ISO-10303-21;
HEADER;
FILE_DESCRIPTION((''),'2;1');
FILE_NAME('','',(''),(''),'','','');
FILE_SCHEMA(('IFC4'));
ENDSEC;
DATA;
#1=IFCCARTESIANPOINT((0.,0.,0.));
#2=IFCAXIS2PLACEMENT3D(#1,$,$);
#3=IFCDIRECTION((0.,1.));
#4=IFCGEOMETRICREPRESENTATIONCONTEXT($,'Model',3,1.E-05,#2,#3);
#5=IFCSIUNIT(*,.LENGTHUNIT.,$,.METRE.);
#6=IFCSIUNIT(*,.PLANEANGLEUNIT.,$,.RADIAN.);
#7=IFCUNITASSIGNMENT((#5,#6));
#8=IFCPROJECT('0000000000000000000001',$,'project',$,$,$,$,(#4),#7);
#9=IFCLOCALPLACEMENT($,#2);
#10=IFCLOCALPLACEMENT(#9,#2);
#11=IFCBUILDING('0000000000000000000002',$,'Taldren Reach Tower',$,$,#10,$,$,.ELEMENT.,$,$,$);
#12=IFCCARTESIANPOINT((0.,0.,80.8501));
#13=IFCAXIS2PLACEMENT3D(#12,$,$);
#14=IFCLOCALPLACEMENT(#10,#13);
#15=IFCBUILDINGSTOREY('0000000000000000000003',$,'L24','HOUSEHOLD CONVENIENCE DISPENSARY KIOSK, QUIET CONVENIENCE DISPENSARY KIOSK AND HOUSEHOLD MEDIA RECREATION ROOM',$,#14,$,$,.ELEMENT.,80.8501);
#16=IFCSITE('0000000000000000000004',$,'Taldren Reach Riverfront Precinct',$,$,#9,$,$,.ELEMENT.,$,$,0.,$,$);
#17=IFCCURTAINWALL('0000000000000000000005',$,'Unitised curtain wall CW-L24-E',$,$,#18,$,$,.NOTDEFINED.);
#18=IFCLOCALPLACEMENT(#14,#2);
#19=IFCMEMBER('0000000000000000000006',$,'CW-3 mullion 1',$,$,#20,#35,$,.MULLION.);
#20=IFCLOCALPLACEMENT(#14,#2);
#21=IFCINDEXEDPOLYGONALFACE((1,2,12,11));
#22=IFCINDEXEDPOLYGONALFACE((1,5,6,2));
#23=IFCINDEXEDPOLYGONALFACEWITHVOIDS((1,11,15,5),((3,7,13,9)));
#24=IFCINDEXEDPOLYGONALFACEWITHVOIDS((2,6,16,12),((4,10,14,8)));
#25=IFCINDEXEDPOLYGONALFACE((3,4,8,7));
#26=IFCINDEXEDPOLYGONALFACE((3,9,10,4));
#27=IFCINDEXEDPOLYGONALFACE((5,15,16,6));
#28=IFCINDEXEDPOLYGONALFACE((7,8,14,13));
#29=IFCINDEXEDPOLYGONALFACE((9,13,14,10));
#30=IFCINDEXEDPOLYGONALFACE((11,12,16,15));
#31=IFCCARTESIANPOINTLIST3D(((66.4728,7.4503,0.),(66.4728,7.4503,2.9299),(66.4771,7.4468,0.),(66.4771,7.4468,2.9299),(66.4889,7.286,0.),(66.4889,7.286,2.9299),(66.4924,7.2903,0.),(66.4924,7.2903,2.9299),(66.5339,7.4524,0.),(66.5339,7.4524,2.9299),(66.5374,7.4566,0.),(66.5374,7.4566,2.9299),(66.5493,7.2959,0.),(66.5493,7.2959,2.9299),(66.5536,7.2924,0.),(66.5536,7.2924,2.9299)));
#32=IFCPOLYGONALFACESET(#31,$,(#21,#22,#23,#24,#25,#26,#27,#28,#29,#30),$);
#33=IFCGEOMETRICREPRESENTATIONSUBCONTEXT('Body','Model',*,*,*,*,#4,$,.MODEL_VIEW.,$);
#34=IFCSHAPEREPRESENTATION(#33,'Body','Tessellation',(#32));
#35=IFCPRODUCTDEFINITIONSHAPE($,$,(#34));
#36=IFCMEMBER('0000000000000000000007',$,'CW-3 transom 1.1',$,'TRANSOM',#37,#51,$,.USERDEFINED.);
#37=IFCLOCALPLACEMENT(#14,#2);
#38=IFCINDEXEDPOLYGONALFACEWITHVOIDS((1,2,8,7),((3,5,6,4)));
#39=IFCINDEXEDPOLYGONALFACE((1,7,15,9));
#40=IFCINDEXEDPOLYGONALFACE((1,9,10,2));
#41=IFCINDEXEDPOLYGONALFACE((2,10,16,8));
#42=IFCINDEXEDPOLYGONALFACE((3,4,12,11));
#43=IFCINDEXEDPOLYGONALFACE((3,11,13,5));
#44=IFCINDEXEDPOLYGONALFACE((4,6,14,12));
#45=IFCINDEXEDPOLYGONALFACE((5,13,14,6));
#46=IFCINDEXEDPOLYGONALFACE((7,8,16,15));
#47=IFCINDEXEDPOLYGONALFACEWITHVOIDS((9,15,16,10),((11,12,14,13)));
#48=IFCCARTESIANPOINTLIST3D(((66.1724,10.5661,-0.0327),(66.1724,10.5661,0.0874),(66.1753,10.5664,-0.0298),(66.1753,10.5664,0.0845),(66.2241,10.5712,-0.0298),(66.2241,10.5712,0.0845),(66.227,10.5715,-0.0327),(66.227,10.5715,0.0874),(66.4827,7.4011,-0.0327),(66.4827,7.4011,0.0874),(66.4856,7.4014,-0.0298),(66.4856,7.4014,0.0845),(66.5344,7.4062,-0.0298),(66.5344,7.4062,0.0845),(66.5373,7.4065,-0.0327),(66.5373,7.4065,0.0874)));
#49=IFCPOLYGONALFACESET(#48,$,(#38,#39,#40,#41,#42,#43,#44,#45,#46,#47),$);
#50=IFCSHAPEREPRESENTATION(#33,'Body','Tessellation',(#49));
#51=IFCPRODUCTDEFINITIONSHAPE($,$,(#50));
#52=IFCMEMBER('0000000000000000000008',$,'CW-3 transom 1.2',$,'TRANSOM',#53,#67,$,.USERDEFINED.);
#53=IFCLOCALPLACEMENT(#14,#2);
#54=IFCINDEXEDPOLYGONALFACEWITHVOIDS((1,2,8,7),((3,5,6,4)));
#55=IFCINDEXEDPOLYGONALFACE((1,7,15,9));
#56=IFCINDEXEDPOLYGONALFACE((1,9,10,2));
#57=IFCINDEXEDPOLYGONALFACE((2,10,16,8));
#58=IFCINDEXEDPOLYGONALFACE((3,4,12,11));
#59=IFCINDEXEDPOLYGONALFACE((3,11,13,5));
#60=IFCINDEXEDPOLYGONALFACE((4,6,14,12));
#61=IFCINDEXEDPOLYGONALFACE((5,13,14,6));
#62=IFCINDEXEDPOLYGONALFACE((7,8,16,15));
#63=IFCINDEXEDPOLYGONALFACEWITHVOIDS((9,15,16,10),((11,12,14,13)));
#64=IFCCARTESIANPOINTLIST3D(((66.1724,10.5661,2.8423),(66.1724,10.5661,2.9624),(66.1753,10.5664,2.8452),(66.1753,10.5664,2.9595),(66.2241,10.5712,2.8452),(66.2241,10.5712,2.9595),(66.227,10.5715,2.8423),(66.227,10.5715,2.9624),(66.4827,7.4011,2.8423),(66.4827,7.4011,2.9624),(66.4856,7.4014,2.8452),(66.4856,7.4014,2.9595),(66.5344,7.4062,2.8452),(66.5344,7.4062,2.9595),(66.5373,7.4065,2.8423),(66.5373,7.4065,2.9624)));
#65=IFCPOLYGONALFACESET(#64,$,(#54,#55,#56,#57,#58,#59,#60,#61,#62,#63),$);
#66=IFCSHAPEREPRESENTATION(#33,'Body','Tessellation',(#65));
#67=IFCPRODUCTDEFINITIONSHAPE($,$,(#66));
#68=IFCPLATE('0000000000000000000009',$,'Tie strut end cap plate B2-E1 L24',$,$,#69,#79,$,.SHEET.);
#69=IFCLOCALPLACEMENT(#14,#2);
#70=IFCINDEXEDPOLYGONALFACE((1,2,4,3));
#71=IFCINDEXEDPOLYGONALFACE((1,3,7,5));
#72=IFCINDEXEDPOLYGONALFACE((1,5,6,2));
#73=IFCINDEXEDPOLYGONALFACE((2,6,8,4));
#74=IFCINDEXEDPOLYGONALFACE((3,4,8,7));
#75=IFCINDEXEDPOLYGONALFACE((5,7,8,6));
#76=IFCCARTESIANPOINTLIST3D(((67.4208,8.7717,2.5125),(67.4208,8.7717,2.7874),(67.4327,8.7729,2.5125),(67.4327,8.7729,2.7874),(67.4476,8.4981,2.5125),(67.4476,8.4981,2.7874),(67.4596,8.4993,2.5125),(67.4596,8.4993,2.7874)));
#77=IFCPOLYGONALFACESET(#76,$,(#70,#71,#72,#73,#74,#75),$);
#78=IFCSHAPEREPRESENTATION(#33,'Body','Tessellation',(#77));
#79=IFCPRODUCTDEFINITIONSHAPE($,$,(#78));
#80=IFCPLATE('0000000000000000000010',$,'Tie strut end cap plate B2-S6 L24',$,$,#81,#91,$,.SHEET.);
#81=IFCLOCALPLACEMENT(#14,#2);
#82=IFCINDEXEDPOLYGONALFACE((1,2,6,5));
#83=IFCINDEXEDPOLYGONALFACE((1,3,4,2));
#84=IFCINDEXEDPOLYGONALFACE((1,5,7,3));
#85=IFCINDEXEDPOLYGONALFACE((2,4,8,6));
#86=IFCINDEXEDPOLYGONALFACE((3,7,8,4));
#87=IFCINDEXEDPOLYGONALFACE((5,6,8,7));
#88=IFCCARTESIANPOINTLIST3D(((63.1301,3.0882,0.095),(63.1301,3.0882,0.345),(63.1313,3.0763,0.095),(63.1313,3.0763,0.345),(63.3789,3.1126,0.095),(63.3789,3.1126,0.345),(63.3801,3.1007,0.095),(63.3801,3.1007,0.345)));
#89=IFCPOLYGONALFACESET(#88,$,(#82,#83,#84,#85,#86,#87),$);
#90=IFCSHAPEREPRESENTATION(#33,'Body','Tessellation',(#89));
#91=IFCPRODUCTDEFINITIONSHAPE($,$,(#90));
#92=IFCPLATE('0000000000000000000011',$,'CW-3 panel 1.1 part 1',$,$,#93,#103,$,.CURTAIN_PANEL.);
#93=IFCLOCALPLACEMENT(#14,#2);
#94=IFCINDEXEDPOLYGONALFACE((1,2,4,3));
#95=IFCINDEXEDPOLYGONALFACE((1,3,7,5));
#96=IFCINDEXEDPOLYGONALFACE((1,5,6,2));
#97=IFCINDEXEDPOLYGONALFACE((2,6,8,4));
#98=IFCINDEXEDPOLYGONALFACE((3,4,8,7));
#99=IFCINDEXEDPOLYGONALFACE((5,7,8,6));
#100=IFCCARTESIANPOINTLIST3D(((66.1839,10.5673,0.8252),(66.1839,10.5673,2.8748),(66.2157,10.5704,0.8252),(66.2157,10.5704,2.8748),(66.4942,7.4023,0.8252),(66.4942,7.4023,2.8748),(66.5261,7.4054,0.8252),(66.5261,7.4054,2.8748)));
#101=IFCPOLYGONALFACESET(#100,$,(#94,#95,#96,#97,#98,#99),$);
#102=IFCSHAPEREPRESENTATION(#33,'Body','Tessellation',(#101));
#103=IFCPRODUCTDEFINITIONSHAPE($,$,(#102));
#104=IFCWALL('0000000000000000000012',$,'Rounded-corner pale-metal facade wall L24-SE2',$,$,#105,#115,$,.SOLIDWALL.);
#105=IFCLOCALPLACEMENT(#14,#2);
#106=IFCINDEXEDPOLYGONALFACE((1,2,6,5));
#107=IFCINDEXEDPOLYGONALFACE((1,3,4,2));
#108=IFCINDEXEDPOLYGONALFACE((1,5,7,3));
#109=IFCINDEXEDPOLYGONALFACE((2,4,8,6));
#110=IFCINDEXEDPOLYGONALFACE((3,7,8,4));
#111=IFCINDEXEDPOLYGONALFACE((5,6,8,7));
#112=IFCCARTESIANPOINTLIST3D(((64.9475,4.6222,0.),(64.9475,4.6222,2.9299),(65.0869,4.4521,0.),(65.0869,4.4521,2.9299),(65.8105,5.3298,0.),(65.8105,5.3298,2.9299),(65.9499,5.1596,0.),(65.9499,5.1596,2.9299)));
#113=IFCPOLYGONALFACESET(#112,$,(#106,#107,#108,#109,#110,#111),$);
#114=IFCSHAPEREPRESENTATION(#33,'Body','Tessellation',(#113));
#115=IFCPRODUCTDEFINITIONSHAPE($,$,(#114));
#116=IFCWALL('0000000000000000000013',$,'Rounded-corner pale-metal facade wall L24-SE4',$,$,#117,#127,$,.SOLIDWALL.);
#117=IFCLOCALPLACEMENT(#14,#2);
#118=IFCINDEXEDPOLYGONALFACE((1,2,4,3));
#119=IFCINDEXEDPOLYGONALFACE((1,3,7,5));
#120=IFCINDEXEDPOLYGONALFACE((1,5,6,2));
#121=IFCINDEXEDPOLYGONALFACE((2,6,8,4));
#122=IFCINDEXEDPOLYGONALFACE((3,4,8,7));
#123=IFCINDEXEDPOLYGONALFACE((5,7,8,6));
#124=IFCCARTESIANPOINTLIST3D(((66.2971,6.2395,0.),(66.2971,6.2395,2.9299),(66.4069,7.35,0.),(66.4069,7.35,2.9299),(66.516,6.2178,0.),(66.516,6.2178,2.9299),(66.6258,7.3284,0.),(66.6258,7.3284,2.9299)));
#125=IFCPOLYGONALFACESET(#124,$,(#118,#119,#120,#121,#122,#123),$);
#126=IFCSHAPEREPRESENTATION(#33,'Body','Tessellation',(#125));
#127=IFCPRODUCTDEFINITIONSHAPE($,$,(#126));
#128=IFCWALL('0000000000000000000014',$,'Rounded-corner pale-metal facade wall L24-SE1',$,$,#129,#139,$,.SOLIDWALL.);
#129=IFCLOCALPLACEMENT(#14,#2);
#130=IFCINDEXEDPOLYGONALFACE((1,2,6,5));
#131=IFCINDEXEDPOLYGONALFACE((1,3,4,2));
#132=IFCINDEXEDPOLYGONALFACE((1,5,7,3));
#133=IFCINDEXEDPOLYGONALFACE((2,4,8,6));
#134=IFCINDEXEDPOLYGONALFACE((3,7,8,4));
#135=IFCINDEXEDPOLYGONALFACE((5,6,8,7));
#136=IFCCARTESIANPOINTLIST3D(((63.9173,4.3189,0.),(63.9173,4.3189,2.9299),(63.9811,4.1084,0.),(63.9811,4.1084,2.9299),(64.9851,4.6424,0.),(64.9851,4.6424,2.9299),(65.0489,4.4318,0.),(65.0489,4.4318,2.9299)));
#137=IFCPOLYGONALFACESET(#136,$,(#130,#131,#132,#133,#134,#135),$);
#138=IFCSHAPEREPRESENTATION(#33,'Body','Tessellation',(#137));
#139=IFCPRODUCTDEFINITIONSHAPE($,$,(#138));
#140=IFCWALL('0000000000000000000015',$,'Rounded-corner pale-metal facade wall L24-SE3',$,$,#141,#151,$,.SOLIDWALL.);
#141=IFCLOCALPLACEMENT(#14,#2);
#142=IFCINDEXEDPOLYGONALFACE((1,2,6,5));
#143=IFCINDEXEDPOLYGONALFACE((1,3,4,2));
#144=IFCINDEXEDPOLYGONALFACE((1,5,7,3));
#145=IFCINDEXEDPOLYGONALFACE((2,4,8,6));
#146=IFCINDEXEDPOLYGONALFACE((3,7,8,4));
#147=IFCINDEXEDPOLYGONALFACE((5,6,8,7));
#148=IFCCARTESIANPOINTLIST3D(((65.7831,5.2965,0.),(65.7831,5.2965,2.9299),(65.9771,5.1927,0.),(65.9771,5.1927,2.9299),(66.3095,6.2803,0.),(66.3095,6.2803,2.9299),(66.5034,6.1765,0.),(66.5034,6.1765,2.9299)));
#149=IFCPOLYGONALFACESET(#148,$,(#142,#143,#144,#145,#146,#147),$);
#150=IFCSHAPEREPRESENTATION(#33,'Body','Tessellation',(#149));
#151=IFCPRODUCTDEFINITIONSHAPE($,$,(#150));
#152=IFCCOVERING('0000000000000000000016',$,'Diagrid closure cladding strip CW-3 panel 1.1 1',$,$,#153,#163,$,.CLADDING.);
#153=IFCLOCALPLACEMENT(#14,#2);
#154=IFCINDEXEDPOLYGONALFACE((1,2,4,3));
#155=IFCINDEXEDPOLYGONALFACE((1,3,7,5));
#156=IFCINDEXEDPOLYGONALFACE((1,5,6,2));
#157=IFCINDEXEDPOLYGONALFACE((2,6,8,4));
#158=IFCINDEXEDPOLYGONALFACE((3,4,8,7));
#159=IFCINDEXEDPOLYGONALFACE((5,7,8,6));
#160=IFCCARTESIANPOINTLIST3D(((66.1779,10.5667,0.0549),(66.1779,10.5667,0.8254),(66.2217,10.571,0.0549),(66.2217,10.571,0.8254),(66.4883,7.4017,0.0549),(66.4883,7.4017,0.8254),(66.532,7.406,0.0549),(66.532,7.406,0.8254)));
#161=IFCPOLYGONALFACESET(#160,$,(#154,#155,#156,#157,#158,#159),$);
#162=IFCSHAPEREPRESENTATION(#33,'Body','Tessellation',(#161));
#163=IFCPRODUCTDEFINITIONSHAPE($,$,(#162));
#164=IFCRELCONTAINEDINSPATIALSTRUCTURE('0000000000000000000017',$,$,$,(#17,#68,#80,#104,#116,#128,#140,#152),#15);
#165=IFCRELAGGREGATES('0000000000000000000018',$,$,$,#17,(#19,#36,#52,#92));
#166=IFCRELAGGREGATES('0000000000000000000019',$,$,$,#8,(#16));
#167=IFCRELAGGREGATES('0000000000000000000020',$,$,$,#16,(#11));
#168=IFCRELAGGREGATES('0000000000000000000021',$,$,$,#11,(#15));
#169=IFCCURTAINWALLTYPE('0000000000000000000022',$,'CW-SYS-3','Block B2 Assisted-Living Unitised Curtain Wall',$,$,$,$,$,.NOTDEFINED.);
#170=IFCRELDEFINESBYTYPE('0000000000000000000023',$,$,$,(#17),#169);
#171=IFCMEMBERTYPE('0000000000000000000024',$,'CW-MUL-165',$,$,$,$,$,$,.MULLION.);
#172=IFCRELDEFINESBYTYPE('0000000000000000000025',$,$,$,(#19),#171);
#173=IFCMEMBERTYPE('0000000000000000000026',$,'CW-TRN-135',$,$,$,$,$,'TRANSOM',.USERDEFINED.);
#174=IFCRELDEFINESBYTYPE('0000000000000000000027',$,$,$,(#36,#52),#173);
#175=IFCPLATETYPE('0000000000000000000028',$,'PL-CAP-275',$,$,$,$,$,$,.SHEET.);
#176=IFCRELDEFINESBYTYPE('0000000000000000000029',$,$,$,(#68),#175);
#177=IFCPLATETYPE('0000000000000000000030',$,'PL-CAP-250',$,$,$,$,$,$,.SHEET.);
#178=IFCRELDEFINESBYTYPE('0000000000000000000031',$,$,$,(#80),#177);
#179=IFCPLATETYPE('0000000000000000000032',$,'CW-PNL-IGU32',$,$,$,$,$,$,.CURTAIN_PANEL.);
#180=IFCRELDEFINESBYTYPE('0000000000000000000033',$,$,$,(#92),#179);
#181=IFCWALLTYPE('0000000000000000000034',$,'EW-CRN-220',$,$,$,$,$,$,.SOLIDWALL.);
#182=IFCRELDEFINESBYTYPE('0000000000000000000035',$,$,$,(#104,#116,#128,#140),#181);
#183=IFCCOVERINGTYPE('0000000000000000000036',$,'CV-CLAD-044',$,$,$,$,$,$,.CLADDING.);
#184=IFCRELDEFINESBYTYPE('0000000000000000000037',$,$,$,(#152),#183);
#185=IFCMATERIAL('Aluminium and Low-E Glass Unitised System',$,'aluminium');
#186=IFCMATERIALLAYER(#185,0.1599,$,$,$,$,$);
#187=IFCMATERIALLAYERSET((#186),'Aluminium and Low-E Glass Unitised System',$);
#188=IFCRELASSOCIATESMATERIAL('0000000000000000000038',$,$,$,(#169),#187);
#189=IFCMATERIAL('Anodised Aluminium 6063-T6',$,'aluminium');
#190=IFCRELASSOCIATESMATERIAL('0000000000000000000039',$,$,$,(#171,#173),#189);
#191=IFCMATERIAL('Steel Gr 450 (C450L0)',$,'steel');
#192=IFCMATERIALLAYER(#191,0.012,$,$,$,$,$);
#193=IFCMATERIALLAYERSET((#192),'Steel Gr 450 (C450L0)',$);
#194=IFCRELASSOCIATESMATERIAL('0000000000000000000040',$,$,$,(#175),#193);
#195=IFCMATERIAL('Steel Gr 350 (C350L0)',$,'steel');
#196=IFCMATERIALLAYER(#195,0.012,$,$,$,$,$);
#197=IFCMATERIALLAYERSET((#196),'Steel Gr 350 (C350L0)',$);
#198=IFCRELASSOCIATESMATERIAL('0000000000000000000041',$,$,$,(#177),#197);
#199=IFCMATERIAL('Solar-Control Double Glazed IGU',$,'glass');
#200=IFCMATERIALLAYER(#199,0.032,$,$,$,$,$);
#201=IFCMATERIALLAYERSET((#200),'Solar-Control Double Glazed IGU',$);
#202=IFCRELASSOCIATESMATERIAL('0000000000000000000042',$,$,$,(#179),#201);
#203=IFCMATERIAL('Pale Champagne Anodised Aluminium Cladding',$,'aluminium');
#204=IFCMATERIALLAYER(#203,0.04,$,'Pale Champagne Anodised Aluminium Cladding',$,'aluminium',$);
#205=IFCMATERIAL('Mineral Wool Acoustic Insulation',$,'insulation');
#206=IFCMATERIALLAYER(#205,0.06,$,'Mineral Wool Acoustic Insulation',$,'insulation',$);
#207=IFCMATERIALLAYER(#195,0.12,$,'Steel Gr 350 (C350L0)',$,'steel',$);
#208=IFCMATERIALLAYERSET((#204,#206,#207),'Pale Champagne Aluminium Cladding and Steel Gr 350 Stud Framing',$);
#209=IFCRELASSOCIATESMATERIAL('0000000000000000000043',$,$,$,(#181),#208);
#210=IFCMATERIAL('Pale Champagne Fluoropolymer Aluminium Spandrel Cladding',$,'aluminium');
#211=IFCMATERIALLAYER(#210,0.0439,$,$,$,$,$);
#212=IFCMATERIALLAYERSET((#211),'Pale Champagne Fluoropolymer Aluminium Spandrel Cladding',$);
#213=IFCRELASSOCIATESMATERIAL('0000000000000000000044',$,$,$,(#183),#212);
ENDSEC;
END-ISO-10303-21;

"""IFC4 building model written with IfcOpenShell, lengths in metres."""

from ifc_helpers import new_model, si_unit, direction, frame, frame_2d, origin, origin_2d, place, context, subcontext, project, spatial, rectangle, hollow_rectangle, extrude, source, transform, mapped, material, layer, layer_set, material_profile, profile_set, type_object, element, aggregate, save


model = new_model("IFC4")

# Units and contexts
model_context = context("Model", 3, precision=1e-05, world=origin(), true_north=direction((0.0, 1.0)))
body_context = subcontext(model_context, "Body", "Model", "MODEL_VIEW")
ifc_project = project(units=[si_unit("LENGTHUNIT", "METRE"), si_unit("PLANEANGLEUNIT", "RADIAN")], contexts=[model_context])

# Site, building, storey
site_placement = place(None, origin())
site = spatial("IfcSite", under=ifc_project, at=site_placement, Name="Taldren Reach Riverfront Precinct", CompositionType="ELEMENT", RefElevation=0.0)
building_placement = place(site_placement, origin())
building = spatial("IfcBuilding", under=site, at=building_placement, Name="Taldren Reach Tower", CompositionType="ELEMENT")
storey_placement = place(building_placement, frame((0.0, 0.0, 80.8501)))
storey = spatial("IfcBuildingStorey", under=building, at=storey_placement, Name="L24", Description="HOUSEHOLD CONVENIENCE DISPENSARY KIOSK, QUIET CONVENIENCE DISPENSARY KIOSK AND HOUSEHOLD MEDIA RECREATION ROOM", CompositionType="ELEMENT", Elevation=80.8501)

# Shared definitions
ifc_material_1 = material(Name="Steel Gr 350 (C350L0)", Category="steel")

# Shared definitions
ifc_material_2 = material(Name="Steel Gr 450 (C450L0)", Category="steel")

# Shared definitions
ifc_material_3 = material(Name="Aluminium and Low-E Glass Unitised System", Category="aluminium")
ifc_layer_1 = layer(ifc_material_3, 0.1599)
ifc_layer_set_1 = layer_set([ifc_layer_1], Name="Aluminium and Low-E Glass Unitised System")
curtain_wall_type = type_object("IfcCurtainWallType", Name="CW-SYS-3", Description="Block B2 Assisted-Living Unitised Curtain Wall", PredefinedType="NOTDEFINED", material=ifc_layer_set_1)
ifc_material_4 = material(Name="Anodised Aluminium 6063-T6", Category="aluminium")
ifc_material_profile_1 = material_profile(ifc_material_4, hollow_rectangle(XDim=0.0649, YDim=0.165, WallThickness=0.0039, at=origin_2d()), Name="ALU-165x65x4RHS")
ifc_profile_set_1 = profile_set([ifc_material_profile_1], Name="Anodised Aluminium 6063-T6")
member_type_1 = type_object("IfcMemberType", Name="CW-MUL-165", PredefinedType="MULLION", material=ifc_profile_set_1)
shared_shape_1 = source(origin(), body_context, "Body", "SweptSolid", [
    extrude(hollow_rectangle(XDim=0.0649, YDim=0.165, WallThickness=0.0039, at=origin_2d()), origin(), (0.0, 0.0, 1.0), 2.9299),
])

# Curtain wall, members
curtain_wall_1_placement = place(storey_placement, origin())
curtain_wall_1 = element("IfcCurtainWall", 1, at=curtain_wall_1_placement, inside=storey, type_object=curtain_wall_type, Name="Unitised curtain wall CW-L24-E", PredefinedType="NOTDEFINED")
member_1_placement = place(storey_placement, frame((66.5132, 7.3713, 0.0), z_axis=(0.0, 0.0, 1.0), x_axis=(-0.995227, -0.097583, 0.0)))
member_1 = element("IfcMember", 2, at=member_1_placement, type_object=member_type_1, Name="CW-3 mullion 1", PredefinedType="MULLION", context=body_context, shape_type="MappedRepresentation", body=[
    mapped(shared_shape_1, transform((0.0, 0.0, 0.0), scale=1.0)),
])
ifc_material_profile_2 = material_profile(ifc_material_4, hollow_rectangle(XDim=0.0549, YDim=0.1201, WallThickness=0.0029, at=origin_2d()), Name="ALU-120x55x3RHS")
ifc_profile_set_2 = profile_set([ifc_material_profile_2], Name="Anodised Aluminium 6063-T6")
member_type_2 = type_object("IfcMemberType", Name="CW-TRN-135", ElementType="TRANSOM", PredefinedType="USERDEFINED", material=ifc_profile_set_2)
shared_shape_2 = source(origin(), body_context, "Body", "SweptSolid", [
    extrude(hollow_rectangle(XDim=0.0549, YDim=0.1201, WallThickness=0.0029, at=origin_2d()), origin(), (0.0, 0.0, 1.0), 3.1802),
])
member_2_placement = place(storey_placement, frame((66.51, 7.4038, 0.0273), z_axis=(-0.097573, 0.995228, 0.0), x_axis=(-0.995228, -0.097573, 0.0)))
member_2 = element("IfcMember", 3, at=member_2_placement, type_object=member_type_2, Name="CW-3 transom 1.1", ObjectType="TRANSOM", PredefinedType="USERDEFINED", context=body_context, shape_type="MappedRepresentation", body=[
    mapped(shared_shape_2, transform((0.0, 0.0, 0.0), scale=1.0)),
])
member_3_placement = place(storey_placement, frame((66.51, 7.4038, 2.9023), z_axis=(-0.097573, 0.995228, 0.0), x_axis=(-0.995228, -0.097573, 0.0)))
member_3 = element("IfcMember", 4, at=member_3_placement, type_object=member_type_2, Name="CW-3 transom 1.2", ObjectType="TRANSOM", PredefinedType="USERDEFINED", context=body_context, shape_type="MappedRepresentation", body=[
    mapped(shared_shape_2, transform((0.0, 0.0, 0.0), scale=1.0)),
])

# Plates
ifc_layer_2 = layer(ifc_material_2, 0.012)
ifc_layer_set_2 = layer_set([ifc_layer_2], Name="Steel Gr 450 (C450L0)")
plate_type_1 = type_object("IfcPlateType", Name="PL-CAP-275", PredefinedType="SHEET", material=ifc_layer_set_2)
shared_shape_3 = source(origin(), body_context, "Body", "SweptSolid", [
    extrude(rectangle(XDim=0.012, YDim=0.2749, at=origin_2d()), origin(), (0.0, 0.0, 1.0), 0.2749),
])
plate_1_placement = place(storey_placement, frame((67.4402, 8.6355, 2.5125), z_axis=(0.0, 0.0, 1.0), x_axis=(0.995227, 0.097583, 0.0)))
element("IfcPlate", 5, at=plate_1_placement, inside=storey, type_object=plate_type_1, Name="Tie strut end cap plate B2-E1 L24", PredefinedType="SHEET", context=body_context, shape_type="MappedRepresentation", body=[
    mapped(shared_shape_3, transform((0.0, 0.0, 0.0), scale=1.0)),
])
ifc_layer_3 = layer(ifc_material_1, 0.012)
ifc_layer_set_3 = layer_set([ifc_layer_3], Name="Steel Gr 350 (C350L0)")
plate_type_2 = type_object("IfcPlateType", Name="PL-CAP-250", PredefinedType="SHEET", material=ifc_layer_set_3)
shared_shape_4 = source(origin(), body_context, "Body", "SweptSolid", [
    extrude(rectangle(XDim=0.25, YDim=0.012, at=origin_2d()), origin(), (0.0, 0.0, 1.0), 0.25),
])
plate_2_placement = place(storey_placement, frame((63.2551, 3.0945, 0.095), z_axis=(0.0, 0.0, 1.0), x_axis=(0.995227, 0.097583, 0.0)))
element("IfcPlate", 6, at=plate_2_placement, inside=storey, type_object=plate_type_2, Name="Tie strut end cap plate B2-S6 L24", PredefinedType="SHEET", context=body_context, shape_type="MappedRepresentation", body=[
    mapped(shared_shape_4, transform((0.0, 0.0, 0.0), scale=1.0)),
])

# Plate
ifc_material_5 = material(Name="Solar-Control Double Glazed IGU", Category="glass")
ifc_layer_4 = layer(ifc_material_5, 0.032)
ifc_layer_set_4 = layer_set([ifc_layer_4], Name="Solar-Control Double Glazed IGU")
plate_type_3 = type_object("IfcPlateType", Name="CW-PNL-IGU32", PredefinedType="CURTAIN_PANEL", material=ifc_layer_set_4)
shared_shape_5 = source(origin(), body_context, "Body", "SweptSolid", [
    extrude(rectangle(XDim=3.1802, YDim=0.032, at=origin_2d()), origin(), (0.0, 0.0, 1.0), 2.0496),
])
plate_3_placement = place(storey_placement, frame((66.355, 8.9863, 0.8252), z_axis=(0.0, 0.0, 1.0), x_axis=(-0.097583, 0.995227, 0.0)))
plate_3 = element("IfcPlate", 7, at=plate_3_placement, type_object=plate_type_3, Name="CW-3 panel 1.1 part 1", PredefinedType="CURTAIN_PANEL", context=body_context, shape_type="MappedRepresentation", body=[
    mapped(shared_shape_5, transform((0.0, 0.0, 0.0), scale=1.0)),
])
aggregate(curtain_wall_1, [member_1, member_2, member_3, plate_3])

# Walls
ifc_material_6 = material(Name="Pale Champagne Anodised Aluminium Cladding", Category="aluminium")
ifc_layer_5 = layer(ifc_material_6, 0.04, Name="Pale Champagne Anodised Aluminium Cladding", Category="aluminium")
ifc_material_7 = material(Name="Mineral Wool Acoustic Insulation", Category="insulation")
ifc_layer_6 = layer(ifc_material_7, 0.06, Name="Mineral Wool Acoustic Insulation", Category="insulation")
ifc_layer_7 = layer(ifc_material_1, 0.12, Name="Steel Gr 350 (C350L0)", Category="steel")
ifc_layer_set_5 = layer_set([ifc_layer_5, ifc_layer_6, ifc_layer_7], Name="Pale Champagne Aluminium Cladding and Steel Gr 350 Stud Framing")
wall_type = type_object("IfcWallType", Name="EW-CRN-220", PredefinedType="SOLIDWALL", material=ifc_layer_set_5)
shared_shape_6 = source(origin(), body_context, "Body", "SweptSolid", [
    extrude(rectangle(XDim=1.116, YDim=0.22, at=frame_2d((0.5581, 0.0))), origin(), (0.0, 0.0, 1.0), 2.9299),
])
for number, where, z_axis, x_axis, name in (
    (8, (65.0171, 4.5371, 0.0), (0.0, 0.0, 1.0), (0.773343, 0.633988, 0.0), "Rounded-corner pale-metal facade wall L24-SE2"),
    (9, (66.4065, 6.2285, 0.0), (0.0, 0.0, 1.0), (0.098442, 0.995143, 0.0), "Rounded-corner pale-metal facade wall L24-SE4"),
):
    element("IfcWall", number, at=place(storey_placement, frame(where, z_axis=z_axis, x_axis=x_axis)), inside=storey, type_object=wall_type, Name=name, PredefinedType="SOLIDWALL", context=body_context, shape_type="MappedRepresentation", body=[
        mapped(shared_shape_6, transform((0.0, 0.0, 0.0), scale=1.0)),
    ])
shared_shape_7 = source(origin(), body_context, "Body", "SweptSolid", [
    extrude(rectangle(XDim=1.1157, YDim=0.22, at=frame_2d((0.5579, 0.0))), origin(), (0.0, 0.0, 1.0), 2.9299),
])
for number, where, z_axis, x_axis, name in (
    (10, (63.9492, 4.2136, 0.0), (0.0, 0.0, 1.0), (0.957052, 0.289916, 0.0), "Rounded-corner pale-metal facade wall L24-SE1"),
    (11, (65.8801, 5.2446, 0.0), (0.0, 0.0, 1.0), (0.471723, 0.881747, 0.0), "Rounded-corner pale-metal facade wall L24-SE3"),
):
    element("IfcWall", number, at=place(storey_placement, frame(where, z_axis=z_axis, x_axis=x_axis)), inside=storey, type_object=wall_type, Name=name, PredefinedType="SOLIDWALL", context=body_context, shape_type="MappedRepresentation", body=[
        mapped(shared_shape_7, transform((0.0, 0.0, 0.0), scale=1.0)),
    ])

# Covering
ifc_material_8 = material(Name="Pale Champagne Fluoropolymer Aluminium Spandrel Cladding", Category="aluminium")
ifc_layer_8 = layer(ifc_material_8, 0.0439)
ifc_layer_set_6 = layer_set([ifc_layer_8], Name="Pale Champagne Fluoropolymer Aluminium Spandrel Cladding")
covering_type = type_object("IfcCoveringType", Name="CV-CLAD-044", PredefinedType="CLADDING", material=ifc_layer_set_6)
shared_shape_8 = source(origin(), body_context, "Body", "SweptSolid", [
    extrude(rectangle(XDim=3.1802, YDim=0.0439, at=origin_2d()), origin(), (0.0, 0.0, 1.0), 0.7705),
])
covering_placement = place(storey_placement, frame((66.355, 8.9863, 0.0549), z_axis=(0.0, 0.0, 1.0), x_axis=(-0.097583, 0.995227, 0.0)))
element("IfcCovering", 12, at=covering_placement, inside=storey, type_object=covering_type, Name="Diagrid closure cladding strip CW-3 panel 1.1 1", PredefinedType="CLADDING", context=body_context, shape_type="MappedRepresentation", body=[
    mapped(shared_shape_8, transform((0.0, 0.0, 0.0), scale=1.0)),
])

save(model, "model.ifc")
